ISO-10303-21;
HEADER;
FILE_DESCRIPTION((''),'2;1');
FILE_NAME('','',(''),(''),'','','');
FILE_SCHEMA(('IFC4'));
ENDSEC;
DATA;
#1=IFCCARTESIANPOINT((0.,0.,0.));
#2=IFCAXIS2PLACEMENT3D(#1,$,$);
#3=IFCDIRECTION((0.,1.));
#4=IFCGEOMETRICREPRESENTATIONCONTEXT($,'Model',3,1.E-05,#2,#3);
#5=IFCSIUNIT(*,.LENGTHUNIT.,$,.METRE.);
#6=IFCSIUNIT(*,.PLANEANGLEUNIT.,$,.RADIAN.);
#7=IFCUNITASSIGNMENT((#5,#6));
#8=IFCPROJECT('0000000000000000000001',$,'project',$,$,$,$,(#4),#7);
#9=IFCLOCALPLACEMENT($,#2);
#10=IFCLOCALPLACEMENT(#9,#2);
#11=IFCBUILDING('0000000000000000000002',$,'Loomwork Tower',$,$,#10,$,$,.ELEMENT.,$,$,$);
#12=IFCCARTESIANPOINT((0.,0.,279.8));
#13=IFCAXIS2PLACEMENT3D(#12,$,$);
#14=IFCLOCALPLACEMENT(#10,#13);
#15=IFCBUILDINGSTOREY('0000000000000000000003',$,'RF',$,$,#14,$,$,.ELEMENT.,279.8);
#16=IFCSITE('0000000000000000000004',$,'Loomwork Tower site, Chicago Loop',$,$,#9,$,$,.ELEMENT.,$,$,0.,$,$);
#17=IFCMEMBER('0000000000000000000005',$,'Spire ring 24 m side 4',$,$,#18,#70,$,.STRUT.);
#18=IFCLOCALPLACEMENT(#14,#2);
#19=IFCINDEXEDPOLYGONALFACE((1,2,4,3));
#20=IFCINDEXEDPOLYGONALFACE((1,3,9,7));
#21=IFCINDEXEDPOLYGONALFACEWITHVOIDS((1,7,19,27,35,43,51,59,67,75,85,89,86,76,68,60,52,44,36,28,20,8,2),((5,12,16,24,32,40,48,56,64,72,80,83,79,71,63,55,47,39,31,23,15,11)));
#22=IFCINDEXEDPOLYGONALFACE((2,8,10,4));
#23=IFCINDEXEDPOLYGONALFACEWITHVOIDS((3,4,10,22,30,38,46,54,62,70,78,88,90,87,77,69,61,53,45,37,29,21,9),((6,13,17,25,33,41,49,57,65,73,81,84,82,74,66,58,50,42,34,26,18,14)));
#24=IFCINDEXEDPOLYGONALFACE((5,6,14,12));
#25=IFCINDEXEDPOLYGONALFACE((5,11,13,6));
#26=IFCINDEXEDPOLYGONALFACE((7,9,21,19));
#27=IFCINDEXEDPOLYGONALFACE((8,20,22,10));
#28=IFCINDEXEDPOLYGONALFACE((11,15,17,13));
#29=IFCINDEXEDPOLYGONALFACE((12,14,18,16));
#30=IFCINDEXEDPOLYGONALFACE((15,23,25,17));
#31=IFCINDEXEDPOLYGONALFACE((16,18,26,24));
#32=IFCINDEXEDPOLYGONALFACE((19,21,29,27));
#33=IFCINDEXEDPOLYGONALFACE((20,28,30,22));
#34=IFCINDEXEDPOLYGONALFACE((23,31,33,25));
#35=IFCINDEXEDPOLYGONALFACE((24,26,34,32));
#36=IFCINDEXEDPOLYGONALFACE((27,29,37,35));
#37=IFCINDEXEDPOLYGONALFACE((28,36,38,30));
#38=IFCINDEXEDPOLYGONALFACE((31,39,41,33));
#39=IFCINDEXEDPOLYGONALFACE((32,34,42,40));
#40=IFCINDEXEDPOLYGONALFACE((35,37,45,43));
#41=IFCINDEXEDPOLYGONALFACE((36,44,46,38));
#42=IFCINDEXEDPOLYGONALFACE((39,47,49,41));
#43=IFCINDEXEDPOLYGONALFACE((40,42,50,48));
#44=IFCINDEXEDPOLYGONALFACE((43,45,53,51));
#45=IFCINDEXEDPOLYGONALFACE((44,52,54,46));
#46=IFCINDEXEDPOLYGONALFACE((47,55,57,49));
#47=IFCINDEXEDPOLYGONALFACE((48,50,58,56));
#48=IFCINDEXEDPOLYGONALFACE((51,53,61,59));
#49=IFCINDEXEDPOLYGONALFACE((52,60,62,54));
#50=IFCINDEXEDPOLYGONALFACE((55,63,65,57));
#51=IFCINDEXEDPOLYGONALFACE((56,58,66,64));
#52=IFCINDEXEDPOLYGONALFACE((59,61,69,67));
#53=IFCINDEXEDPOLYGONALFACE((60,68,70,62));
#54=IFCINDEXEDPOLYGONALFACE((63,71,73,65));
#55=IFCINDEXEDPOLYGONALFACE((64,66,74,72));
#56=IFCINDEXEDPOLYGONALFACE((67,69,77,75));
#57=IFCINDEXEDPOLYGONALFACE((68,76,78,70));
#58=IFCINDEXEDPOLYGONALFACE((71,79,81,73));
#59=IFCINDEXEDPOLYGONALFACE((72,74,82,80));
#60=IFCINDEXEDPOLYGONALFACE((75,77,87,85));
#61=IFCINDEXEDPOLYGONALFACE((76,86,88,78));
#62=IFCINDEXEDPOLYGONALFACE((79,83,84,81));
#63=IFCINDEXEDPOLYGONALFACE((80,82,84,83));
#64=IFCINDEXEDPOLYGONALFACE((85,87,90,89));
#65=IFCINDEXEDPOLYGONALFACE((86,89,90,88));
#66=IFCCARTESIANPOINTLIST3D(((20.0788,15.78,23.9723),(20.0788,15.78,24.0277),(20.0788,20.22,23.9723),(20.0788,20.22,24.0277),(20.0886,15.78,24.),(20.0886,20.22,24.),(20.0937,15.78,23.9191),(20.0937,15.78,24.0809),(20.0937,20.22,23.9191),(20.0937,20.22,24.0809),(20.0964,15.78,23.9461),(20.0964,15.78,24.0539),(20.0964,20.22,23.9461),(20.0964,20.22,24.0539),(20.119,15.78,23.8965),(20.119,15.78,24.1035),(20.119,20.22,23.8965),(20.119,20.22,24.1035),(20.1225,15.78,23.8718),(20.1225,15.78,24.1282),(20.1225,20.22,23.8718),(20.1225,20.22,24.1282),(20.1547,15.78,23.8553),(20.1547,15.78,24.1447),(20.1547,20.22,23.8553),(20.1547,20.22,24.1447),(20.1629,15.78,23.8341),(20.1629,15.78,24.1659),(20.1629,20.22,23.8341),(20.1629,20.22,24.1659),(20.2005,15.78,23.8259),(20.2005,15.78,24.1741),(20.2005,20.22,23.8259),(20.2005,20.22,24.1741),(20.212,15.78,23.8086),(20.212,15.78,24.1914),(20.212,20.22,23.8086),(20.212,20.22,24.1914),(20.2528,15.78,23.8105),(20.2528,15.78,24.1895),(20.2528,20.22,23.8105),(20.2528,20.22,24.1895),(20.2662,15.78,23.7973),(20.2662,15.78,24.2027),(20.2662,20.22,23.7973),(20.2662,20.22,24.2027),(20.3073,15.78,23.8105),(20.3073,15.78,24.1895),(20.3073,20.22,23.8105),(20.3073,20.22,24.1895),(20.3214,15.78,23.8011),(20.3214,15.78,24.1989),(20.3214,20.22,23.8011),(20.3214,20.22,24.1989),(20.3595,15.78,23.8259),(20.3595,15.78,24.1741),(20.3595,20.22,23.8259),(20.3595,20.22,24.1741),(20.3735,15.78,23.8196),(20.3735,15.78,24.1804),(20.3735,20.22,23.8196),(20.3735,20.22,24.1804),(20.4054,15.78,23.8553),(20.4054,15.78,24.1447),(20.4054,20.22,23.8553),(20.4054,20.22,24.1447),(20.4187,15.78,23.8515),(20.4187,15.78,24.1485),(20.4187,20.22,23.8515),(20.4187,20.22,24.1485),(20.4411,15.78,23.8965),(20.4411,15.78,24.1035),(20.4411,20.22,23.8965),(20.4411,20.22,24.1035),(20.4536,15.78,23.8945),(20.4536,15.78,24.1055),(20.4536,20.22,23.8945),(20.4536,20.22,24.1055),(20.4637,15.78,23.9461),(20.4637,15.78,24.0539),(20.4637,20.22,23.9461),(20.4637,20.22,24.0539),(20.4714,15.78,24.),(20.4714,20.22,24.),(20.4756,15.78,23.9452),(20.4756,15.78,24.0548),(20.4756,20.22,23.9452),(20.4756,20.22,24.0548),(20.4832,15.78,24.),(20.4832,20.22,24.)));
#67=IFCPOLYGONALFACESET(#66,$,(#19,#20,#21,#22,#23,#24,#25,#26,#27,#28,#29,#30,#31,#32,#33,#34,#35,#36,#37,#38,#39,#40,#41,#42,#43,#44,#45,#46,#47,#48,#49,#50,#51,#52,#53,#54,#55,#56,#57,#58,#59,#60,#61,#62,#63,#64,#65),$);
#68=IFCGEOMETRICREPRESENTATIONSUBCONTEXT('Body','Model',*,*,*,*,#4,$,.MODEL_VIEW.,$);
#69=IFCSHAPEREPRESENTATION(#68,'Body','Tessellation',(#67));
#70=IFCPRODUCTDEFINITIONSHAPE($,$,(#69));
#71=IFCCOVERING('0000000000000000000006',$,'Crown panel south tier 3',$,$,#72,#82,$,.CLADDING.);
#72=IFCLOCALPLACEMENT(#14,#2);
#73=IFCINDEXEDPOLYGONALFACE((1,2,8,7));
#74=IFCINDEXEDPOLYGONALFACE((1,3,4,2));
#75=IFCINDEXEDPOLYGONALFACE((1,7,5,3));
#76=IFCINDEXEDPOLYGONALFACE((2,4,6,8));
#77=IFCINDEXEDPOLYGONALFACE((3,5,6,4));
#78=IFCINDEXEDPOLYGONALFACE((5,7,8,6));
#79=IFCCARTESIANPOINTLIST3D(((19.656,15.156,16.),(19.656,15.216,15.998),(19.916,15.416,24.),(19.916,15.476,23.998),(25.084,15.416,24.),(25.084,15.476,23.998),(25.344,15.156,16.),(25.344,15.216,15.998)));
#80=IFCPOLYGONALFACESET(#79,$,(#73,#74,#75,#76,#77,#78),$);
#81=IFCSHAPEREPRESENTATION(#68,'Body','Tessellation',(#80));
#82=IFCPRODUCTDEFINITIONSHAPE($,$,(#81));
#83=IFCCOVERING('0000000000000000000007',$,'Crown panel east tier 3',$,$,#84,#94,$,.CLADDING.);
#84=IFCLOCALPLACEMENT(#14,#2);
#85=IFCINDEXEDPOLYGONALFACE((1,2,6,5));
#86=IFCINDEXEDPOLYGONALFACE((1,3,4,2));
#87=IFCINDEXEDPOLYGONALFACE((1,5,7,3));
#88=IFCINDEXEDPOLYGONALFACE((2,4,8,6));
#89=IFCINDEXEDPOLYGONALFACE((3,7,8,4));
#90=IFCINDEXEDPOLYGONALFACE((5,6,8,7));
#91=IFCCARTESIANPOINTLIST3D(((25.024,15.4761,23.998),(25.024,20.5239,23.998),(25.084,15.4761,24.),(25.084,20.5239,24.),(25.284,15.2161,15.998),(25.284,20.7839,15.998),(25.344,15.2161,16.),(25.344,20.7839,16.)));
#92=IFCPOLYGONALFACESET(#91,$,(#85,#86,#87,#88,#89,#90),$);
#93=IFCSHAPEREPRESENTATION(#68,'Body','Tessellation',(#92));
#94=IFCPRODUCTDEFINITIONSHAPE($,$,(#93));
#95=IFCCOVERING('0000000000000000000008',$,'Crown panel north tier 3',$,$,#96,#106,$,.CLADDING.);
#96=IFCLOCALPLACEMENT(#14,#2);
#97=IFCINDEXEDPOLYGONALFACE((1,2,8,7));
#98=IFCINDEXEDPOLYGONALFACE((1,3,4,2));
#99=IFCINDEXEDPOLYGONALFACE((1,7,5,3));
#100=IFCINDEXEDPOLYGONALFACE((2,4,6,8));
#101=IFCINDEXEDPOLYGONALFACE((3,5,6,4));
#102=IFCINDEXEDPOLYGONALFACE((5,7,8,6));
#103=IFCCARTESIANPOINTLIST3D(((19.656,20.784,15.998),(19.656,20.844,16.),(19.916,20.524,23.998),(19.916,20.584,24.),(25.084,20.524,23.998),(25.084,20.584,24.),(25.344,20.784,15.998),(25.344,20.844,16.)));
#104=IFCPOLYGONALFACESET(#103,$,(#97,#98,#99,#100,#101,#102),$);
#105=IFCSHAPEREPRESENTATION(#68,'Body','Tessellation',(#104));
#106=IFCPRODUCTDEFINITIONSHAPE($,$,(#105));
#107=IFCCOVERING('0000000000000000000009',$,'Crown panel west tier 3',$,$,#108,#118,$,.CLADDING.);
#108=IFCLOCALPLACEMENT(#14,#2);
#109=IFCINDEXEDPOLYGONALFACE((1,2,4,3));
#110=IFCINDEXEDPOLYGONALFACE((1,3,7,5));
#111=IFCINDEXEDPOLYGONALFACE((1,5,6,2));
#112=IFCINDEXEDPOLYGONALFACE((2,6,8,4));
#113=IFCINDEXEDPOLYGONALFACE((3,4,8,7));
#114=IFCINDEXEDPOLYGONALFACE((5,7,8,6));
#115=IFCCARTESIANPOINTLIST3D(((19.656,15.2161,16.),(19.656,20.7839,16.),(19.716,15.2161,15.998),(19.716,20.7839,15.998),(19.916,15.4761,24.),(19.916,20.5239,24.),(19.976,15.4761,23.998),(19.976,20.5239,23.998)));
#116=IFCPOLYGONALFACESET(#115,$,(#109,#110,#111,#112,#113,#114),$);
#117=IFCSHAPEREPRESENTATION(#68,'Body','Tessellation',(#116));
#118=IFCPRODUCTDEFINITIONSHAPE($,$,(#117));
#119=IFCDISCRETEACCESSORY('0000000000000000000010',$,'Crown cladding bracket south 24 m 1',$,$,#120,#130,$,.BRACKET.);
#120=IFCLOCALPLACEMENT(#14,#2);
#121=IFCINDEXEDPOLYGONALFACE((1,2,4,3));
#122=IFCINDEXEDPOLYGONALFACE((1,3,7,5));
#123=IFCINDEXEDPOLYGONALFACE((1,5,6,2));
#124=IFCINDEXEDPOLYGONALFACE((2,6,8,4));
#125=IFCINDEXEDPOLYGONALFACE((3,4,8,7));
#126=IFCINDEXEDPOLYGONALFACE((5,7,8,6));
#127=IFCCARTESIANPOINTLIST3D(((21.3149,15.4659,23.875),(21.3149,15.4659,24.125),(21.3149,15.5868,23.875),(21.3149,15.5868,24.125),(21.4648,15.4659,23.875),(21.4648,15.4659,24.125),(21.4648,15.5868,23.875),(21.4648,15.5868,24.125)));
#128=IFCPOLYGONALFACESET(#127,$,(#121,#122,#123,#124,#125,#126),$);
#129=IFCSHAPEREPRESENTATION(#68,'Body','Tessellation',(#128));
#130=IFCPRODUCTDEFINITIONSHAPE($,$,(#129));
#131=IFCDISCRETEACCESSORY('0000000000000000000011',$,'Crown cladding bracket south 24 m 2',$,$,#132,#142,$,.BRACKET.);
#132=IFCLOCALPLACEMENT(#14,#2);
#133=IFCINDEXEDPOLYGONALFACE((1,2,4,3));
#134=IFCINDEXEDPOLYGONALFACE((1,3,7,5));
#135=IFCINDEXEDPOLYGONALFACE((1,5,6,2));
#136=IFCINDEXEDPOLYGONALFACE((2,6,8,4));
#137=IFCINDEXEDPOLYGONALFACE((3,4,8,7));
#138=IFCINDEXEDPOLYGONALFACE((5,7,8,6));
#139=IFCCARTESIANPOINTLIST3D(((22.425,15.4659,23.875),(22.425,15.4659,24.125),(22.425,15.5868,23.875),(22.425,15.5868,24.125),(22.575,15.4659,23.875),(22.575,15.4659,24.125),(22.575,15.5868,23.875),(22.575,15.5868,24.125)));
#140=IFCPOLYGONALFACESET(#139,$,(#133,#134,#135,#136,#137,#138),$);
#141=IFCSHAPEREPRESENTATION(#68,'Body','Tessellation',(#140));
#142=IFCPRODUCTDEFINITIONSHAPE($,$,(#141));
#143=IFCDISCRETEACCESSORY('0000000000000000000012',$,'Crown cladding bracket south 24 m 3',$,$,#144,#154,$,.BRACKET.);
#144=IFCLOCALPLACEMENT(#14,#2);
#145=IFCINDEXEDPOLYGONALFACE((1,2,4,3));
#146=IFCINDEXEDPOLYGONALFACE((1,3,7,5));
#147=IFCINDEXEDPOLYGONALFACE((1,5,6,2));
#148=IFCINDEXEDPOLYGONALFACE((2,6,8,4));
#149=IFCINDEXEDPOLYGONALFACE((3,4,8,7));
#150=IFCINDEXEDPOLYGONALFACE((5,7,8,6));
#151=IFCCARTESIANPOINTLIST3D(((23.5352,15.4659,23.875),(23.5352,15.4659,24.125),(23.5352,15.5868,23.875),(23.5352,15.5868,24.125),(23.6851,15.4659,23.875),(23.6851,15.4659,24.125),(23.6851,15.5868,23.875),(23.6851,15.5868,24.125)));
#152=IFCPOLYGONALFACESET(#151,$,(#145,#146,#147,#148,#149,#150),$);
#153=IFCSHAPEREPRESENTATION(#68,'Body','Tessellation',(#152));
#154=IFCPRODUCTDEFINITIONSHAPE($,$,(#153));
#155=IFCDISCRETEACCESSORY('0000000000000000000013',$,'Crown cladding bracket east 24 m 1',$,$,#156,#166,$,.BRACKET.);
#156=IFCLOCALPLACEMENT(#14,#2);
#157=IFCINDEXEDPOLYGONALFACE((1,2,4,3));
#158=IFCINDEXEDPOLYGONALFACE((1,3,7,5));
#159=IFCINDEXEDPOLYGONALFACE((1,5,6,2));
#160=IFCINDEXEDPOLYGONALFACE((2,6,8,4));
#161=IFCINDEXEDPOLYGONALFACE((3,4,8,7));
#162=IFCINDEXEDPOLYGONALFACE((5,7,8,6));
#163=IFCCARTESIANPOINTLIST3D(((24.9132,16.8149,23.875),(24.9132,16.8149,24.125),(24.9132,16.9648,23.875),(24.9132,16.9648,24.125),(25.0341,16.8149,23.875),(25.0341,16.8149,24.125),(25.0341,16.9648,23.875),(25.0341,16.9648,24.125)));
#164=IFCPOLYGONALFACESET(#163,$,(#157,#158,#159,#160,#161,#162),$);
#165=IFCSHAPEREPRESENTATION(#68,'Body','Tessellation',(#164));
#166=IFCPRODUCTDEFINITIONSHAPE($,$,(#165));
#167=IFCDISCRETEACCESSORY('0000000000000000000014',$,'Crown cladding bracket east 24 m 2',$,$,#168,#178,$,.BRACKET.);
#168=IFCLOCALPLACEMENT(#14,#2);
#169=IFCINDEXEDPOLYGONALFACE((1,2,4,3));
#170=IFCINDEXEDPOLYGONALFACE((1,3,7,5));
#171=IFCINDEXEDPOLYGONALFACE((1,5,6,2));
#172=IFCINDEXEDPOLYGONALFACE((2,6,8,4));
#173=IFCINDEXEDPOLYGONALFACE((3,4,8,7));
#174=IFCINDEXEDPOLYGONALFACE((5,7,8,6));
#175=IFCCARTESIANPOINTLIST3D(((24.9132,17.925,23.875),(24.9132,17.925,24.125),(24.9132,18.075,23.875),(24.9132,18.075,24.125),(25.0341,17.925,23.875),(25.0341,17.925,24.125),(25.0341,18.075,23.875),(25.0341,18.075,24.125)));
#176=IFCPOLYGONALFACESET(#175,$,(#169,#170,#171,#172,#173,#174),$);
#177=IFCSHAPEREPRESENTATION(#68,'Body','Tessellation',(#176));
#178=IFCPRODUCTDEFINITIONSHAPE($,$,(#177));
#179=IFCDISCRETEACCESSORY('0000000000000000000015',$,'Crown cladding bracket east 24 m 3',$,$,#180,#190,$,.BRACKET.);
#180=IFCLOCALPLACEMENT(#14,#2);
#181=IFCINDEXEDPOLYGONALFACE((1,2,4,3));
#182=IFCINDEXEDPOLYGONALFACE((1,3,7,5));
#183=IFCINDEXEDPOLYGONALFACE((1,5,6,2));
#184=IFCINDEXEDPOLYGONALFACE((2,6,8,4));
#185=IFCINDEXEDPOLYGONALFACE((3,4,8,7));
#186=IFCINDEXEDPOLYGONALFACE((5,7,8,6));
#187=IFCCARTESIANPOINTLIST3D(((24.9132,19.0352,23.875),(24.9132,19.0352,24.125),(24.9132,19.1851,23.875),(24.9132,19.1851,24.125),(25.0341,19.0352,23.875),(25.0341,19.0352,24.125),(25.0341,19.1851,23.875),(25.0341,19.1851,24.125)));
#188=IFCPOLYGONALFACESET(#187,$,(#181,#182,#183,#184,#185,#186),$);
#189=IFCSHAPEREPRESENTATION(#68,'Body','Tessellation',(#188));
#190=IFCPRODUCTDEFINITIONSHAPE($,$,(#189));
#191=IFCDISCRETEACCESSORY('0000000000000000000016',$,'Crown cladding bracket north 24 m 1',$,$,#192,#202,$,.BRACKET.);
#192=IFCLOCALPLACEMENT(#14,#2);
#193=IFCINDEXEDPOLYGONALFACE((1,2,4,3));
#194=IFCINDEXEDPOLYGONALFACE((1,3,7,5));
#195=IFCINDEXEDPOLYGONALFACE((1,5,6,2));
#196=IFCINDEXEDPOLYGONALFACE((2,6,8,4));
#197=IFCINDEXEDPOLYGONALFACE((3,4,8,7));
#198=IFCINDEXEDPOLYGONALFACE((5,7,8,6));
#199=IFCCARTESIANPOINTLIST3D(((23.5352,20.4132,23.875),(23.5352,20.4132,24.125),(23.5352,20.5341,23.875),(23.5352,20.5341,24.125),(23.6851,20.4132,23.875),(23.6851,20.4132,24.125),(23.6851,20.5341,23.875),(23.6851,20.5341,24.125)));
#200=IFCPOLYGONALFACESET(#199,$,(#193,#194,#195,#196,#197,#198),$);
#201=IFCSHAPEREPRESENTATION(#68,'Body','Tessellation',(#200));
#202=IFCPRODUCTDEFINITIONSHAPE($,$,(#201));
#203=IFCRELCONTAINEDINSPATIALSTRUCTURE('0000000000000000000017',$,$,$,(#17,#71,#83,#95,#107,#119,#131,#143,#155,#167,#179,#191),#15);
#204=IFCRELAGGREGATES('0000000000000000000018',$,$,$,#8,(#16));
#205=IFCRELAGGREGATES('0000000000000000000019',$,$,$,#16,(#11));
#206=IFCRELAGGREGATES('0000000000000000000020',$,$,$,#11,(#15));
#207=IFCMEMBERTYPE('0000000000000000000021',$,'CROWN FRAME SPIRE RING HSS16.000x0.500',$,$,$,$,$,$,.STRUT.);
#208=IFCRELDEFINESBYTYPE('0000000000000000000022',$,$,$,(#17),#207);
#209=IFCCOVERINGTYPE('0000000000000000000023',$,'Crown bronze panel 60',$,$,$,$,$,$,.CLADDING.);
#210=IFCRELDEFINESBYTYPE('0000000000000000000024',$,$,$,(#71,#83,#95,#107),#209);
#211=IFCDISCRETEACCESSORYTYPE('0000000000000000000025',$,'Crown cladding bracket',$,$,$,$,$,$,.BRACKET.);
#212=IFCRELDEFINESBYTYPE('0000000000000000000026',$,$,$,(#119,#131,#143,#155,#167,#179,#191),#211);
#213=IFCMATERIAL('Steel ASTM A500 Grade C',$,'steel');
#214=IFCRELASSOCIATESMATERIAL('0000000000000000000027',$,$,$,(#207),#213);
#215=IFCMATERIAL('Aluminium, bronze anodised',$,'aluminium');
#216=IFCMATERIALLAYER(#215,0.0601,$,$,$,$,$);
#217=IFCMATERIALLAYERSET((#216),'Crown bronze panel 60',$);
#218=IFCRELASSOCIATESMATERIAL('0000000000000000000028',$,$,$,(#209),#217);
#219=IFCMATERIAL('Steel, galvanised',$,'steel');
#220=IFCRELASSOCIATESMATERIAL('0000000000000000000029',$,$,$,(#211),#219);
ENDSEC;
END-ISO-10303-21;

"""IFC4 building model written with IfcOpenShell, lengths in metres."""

from ifc_helpers import new_model, si_unit, direction, frame, origin, origin_2d, place, context, subcontext, project, spatial, polyline, rectangle, hollow_circle, outline, extrude, material, layer, layer_set, material_profile, profile_set, type_object, element, save


model = new_model("IFC4")

# Units and contexts
model_context = context("Model", 3, precision=1e-05, world=origin(), true_north=direction((0.0, 1.0)))
body_context = subcontext(model_context, "Body", "Model", "MODEL_VIEW")
ifc_project = project(units=[si_unit("LENGTHUNIT", "METRE"), si_unit("PLANEANGLEUNIT", "RADIAN")], contexts=[model_context])

# Site, building, storey
site_placement = place(None, origin())
site = spatial("IfcSite", under=ifc_project, at=site_placement, Name="Loomwork Tower site, Chicago Loop", CompositionType="ELEMENT", RefElevation=0.0)
building_placement = place(site_placement, origin())
building = spatial("IfcBuilding", under=site, at=building_placement, Name="Loomwork Tower", CompositionType="ELEMENT")
storey_placement = place(building_placement, frame((0.0, 0.0, 279.8)))
storey = spatial("IfcBuildingStorey", under=building, at=storey_placement, Name="RF", CompositionType="ELEMENT", Elevation=279.8)

# Member
ifc_material_1 = material(Name="Steel ASTM A500 Grade C", Category="steel")
ifc_material_profile_1 = material_profile(ifc_material_1, hollow_circle(Radius=0.2031, WallThickness=0.0117, at=origin_2d()), Name="HSS16.000x0.500")
ifc_profile_set_1 = profile_set([ifc_material_profile_1], Name="Steel ASTM A500 Grade C")
member_type_1 = type_object("IfcMemberType", Name="CROWN FRAME SPIRE RING HSS16.000x0.500", PredefinedType="STRUT", material=ifc_profile_set_1)
for number, where, z_axis, x_axis, name in (
    (1, (20.28, 20.22, 24.0), (0.0, -1.0, 0.0), (1.0, 0.0, 0.0), "Spire ring 24 m side 4"),
):
    element("IfcMember", number, at=place(storey_placement, frame(where, z_axis=z_axis, x_axis=x_axis)), inside=storey, type_object=member_type_1, Name=name, PredefinedType="STRUT", context=body_context, shape_type="SweptSolid", body=[
        extrude(hollow_circle(Radius=0.2031, WallThickness=0.0117, at=origin_2d()), origin(), (0.0, 0.0, 1.0), 4.4399),
    ])

# Coverings
ifc_material_2 = material(Name="Aluminium, bronze anodised", Category="aluminium")
ifc_layer = layer(ifc_material_2, 0.0601)
ifc_layer_set = layer_set([ifc_layer], Name="Crown bronze panel 60")
covering_type = type_object("IfcCoveringType", Name="Crown bronze panel 60", PredefinedType="CLADDING", material=ifc_layer_set)
covering_1_placement = place(storey_placement, frame((19.656, 15.156, 16.0), z_axis=(0.0, -0.999472, 0.032484), x_axis=(1.0, 0.0, 0.0)))
element("IfcCovering", 2, at=covering_1_placement, inside=storey, type_object=covering_type, Name="Crown panel south tier 3", PredefinedType="CLADDING", context=body_context, shape_type="SweptSolid", body=[
    extrude(outline(polyline([(0.0, 0.0), (5.688, 0.0), (5.428, 8.0042), (0.26, 8.0042), (0.0, 0.0)])), origin(), (0.0, 0.0, -1.0), 0.0601),
])
covering_2_placement = place(storey_placement, frame((25.344, 15.2161, 16.0), z_axis=(0.999472, 0.0, 0.032484), x_axis=(0.0, 1.0, 0.0)))
element("IfcCovering", 3, at=covering_2_placement, inside=storey, type_object=covering_type, Name="Crown panel east tier 3", PredefinedType="CLADDING", context=body_context, shape_type="SweptSolid", body=[
    extrude(outline(polyline([(0.0, 0.0), (5.5679, 0.0), (5.3079, 8.0042), (0.26, 8.0042), (0.0, 0.0)])), origin(), (0.0, 0.0, -1.0), 0.0601),
])
covering_3_placement = place(storey_placement, frame((25.344, 20.844, 16.0), z_axis=(0.0, 0.999472, 0.032484), x_axis=(-1.0, 0.0, 0.0)))
element("IfcCovering", 4, at=covering_3_placement, inside=storey, type_object=covering_type, Name="Crown panel north tier 3", PredefinedType="CLADDING", context=body_context, shape_type="SweptSolid", body=[
    extrude(outline(polyline([(0.0, 0.0), (5.688, 0.0), (5.428, 8.0042), (0.26, 8.0042), (0.0, 0.0)])), origin(), (0.0, 0.0, -1.0), 0.0601),
])
covering_4_placement = place(storey_placement, frame((19.656, 20.7839, 16.0), z_axis=(-0.999472, 0.0, 0.032484), x_axis=(0.0, -1.0, 0.0)))
element("IfcCovering", 5, at=covering_4_placement, inside=storey, type_object=covering_type, Name="Crown panel west tier 3", PredefinedType="CLADDING", context=body_context, shape_type="SweptSolid", body=[
    extrude(outline(polyline([(0.0, 0.0), (5.5679, 0.0), (5.3079, 8.0042), (0.26, 8.0042), (0.0, 0.0)])), origin(), (0.0, 0.0, -1.0), 0.0601),
])

# Discrete accessories
ifc_material_3 = material(Name="Steel, galvanised", Category="steel")
discrete_accessory_type = type_object("IfcDiscreteAccessoryType", Name="Crown cladding bracket", PredefinedType="BRACKET", material=ifc_material_3)
for number, where, z_axis, x_axis, name in (
    (6, (21.3899, 15.5264, 23.875), (0.0, 0.0, 1.0), (1.0, 0.0, 0.0), "Crown cladding bracket south 24 m 1"),
    (7, (22.5, 15.5264, 23.875), (0.0, 0.0, 1.0), (1.0, 0.0, 0.0), "Crown cladding bracket south 24 m 2"),
    (8, (23.6101, 15.5264, 23.875), (0.0, 0.0, 1.0), (1.0, 0.0, 0.0), "Crown cladding bracket south 24 m 3"),
):
    element("IfcDiscreteAccessory", number, at=place(storey_placement, frame(where, z_axis=z_axis, x_axis=x_axis)), inside=storey, type_object=discrete_accessory_type, Name=name, PredefinedType="BRACKET", context=body_context, shape_type="SweptSolid", body=[
        extrude(rectangle(XDim=0.1499, YDim=0.1208, at=origin_2d()), origin(), (0.0, 0.0, 1.0), 0.25),
    ])
for number, where, z_axis, x_axis, name in (
    (9, (24.9736, 16.8899, 23.875), (0.0, 0.0, 1.0), (1.0, 0.0, 0.0), "Crown cladding bracket east 24 m 1"),
    (10, (24.9736, 18.0, 23.875), (0.0, 0.0, 1.0), (1.0, 0.0, 0.0), "Crown cladding bracket east 24 m 2"),
    (11, (24.9736, 19.1101, 23.875), (0.0, 0.0, 1.0), (1.0, 0.0, 0.0), "Crown cladding bracket east 24 m 3"),
):
    element("IfcDiscreteAccessory", number, at=place(storey_placement, frame(where, z_axis=z_axis, x_axis=x_axis)), inside=storey, type_object=discrete_accessory_type, Name=name, PredefinedType="BRACKET", context=body_context, shape_type="SweptSolid", body=[
        extrude(rectangle(XDim=0.1208, YDim=0.1499, at=origin_2d()), origin(), (0.0, 0.0, 1.0), 0.25),
    ])
for number, where, z_axis, x_axis, name in (
    (12, (23.6101, 20.4736, 23.875), (0.0, 0.0, 1.0), (1.0, 0.0, 0.0), "Crown cladding bracket north 24 m 1"),
):
    element("IfcDiscreteAccessory", number, at=place(storey_placement, frame(where, z_axis=z_axis, x_axis=x_axis)), inside=storey, type_object=discrete_accessory_type, Name=name, PredefinedType="BRACKET", context=body_context, shape_type="SweptSolid", body=[
        extrude(rectangle(XDim=0.1499, YDim=0.1208, at=origin_2d()), origin(), (0.0, 0.0, 1.0), 0.25),
    ])

save(model, "model.ifc")
